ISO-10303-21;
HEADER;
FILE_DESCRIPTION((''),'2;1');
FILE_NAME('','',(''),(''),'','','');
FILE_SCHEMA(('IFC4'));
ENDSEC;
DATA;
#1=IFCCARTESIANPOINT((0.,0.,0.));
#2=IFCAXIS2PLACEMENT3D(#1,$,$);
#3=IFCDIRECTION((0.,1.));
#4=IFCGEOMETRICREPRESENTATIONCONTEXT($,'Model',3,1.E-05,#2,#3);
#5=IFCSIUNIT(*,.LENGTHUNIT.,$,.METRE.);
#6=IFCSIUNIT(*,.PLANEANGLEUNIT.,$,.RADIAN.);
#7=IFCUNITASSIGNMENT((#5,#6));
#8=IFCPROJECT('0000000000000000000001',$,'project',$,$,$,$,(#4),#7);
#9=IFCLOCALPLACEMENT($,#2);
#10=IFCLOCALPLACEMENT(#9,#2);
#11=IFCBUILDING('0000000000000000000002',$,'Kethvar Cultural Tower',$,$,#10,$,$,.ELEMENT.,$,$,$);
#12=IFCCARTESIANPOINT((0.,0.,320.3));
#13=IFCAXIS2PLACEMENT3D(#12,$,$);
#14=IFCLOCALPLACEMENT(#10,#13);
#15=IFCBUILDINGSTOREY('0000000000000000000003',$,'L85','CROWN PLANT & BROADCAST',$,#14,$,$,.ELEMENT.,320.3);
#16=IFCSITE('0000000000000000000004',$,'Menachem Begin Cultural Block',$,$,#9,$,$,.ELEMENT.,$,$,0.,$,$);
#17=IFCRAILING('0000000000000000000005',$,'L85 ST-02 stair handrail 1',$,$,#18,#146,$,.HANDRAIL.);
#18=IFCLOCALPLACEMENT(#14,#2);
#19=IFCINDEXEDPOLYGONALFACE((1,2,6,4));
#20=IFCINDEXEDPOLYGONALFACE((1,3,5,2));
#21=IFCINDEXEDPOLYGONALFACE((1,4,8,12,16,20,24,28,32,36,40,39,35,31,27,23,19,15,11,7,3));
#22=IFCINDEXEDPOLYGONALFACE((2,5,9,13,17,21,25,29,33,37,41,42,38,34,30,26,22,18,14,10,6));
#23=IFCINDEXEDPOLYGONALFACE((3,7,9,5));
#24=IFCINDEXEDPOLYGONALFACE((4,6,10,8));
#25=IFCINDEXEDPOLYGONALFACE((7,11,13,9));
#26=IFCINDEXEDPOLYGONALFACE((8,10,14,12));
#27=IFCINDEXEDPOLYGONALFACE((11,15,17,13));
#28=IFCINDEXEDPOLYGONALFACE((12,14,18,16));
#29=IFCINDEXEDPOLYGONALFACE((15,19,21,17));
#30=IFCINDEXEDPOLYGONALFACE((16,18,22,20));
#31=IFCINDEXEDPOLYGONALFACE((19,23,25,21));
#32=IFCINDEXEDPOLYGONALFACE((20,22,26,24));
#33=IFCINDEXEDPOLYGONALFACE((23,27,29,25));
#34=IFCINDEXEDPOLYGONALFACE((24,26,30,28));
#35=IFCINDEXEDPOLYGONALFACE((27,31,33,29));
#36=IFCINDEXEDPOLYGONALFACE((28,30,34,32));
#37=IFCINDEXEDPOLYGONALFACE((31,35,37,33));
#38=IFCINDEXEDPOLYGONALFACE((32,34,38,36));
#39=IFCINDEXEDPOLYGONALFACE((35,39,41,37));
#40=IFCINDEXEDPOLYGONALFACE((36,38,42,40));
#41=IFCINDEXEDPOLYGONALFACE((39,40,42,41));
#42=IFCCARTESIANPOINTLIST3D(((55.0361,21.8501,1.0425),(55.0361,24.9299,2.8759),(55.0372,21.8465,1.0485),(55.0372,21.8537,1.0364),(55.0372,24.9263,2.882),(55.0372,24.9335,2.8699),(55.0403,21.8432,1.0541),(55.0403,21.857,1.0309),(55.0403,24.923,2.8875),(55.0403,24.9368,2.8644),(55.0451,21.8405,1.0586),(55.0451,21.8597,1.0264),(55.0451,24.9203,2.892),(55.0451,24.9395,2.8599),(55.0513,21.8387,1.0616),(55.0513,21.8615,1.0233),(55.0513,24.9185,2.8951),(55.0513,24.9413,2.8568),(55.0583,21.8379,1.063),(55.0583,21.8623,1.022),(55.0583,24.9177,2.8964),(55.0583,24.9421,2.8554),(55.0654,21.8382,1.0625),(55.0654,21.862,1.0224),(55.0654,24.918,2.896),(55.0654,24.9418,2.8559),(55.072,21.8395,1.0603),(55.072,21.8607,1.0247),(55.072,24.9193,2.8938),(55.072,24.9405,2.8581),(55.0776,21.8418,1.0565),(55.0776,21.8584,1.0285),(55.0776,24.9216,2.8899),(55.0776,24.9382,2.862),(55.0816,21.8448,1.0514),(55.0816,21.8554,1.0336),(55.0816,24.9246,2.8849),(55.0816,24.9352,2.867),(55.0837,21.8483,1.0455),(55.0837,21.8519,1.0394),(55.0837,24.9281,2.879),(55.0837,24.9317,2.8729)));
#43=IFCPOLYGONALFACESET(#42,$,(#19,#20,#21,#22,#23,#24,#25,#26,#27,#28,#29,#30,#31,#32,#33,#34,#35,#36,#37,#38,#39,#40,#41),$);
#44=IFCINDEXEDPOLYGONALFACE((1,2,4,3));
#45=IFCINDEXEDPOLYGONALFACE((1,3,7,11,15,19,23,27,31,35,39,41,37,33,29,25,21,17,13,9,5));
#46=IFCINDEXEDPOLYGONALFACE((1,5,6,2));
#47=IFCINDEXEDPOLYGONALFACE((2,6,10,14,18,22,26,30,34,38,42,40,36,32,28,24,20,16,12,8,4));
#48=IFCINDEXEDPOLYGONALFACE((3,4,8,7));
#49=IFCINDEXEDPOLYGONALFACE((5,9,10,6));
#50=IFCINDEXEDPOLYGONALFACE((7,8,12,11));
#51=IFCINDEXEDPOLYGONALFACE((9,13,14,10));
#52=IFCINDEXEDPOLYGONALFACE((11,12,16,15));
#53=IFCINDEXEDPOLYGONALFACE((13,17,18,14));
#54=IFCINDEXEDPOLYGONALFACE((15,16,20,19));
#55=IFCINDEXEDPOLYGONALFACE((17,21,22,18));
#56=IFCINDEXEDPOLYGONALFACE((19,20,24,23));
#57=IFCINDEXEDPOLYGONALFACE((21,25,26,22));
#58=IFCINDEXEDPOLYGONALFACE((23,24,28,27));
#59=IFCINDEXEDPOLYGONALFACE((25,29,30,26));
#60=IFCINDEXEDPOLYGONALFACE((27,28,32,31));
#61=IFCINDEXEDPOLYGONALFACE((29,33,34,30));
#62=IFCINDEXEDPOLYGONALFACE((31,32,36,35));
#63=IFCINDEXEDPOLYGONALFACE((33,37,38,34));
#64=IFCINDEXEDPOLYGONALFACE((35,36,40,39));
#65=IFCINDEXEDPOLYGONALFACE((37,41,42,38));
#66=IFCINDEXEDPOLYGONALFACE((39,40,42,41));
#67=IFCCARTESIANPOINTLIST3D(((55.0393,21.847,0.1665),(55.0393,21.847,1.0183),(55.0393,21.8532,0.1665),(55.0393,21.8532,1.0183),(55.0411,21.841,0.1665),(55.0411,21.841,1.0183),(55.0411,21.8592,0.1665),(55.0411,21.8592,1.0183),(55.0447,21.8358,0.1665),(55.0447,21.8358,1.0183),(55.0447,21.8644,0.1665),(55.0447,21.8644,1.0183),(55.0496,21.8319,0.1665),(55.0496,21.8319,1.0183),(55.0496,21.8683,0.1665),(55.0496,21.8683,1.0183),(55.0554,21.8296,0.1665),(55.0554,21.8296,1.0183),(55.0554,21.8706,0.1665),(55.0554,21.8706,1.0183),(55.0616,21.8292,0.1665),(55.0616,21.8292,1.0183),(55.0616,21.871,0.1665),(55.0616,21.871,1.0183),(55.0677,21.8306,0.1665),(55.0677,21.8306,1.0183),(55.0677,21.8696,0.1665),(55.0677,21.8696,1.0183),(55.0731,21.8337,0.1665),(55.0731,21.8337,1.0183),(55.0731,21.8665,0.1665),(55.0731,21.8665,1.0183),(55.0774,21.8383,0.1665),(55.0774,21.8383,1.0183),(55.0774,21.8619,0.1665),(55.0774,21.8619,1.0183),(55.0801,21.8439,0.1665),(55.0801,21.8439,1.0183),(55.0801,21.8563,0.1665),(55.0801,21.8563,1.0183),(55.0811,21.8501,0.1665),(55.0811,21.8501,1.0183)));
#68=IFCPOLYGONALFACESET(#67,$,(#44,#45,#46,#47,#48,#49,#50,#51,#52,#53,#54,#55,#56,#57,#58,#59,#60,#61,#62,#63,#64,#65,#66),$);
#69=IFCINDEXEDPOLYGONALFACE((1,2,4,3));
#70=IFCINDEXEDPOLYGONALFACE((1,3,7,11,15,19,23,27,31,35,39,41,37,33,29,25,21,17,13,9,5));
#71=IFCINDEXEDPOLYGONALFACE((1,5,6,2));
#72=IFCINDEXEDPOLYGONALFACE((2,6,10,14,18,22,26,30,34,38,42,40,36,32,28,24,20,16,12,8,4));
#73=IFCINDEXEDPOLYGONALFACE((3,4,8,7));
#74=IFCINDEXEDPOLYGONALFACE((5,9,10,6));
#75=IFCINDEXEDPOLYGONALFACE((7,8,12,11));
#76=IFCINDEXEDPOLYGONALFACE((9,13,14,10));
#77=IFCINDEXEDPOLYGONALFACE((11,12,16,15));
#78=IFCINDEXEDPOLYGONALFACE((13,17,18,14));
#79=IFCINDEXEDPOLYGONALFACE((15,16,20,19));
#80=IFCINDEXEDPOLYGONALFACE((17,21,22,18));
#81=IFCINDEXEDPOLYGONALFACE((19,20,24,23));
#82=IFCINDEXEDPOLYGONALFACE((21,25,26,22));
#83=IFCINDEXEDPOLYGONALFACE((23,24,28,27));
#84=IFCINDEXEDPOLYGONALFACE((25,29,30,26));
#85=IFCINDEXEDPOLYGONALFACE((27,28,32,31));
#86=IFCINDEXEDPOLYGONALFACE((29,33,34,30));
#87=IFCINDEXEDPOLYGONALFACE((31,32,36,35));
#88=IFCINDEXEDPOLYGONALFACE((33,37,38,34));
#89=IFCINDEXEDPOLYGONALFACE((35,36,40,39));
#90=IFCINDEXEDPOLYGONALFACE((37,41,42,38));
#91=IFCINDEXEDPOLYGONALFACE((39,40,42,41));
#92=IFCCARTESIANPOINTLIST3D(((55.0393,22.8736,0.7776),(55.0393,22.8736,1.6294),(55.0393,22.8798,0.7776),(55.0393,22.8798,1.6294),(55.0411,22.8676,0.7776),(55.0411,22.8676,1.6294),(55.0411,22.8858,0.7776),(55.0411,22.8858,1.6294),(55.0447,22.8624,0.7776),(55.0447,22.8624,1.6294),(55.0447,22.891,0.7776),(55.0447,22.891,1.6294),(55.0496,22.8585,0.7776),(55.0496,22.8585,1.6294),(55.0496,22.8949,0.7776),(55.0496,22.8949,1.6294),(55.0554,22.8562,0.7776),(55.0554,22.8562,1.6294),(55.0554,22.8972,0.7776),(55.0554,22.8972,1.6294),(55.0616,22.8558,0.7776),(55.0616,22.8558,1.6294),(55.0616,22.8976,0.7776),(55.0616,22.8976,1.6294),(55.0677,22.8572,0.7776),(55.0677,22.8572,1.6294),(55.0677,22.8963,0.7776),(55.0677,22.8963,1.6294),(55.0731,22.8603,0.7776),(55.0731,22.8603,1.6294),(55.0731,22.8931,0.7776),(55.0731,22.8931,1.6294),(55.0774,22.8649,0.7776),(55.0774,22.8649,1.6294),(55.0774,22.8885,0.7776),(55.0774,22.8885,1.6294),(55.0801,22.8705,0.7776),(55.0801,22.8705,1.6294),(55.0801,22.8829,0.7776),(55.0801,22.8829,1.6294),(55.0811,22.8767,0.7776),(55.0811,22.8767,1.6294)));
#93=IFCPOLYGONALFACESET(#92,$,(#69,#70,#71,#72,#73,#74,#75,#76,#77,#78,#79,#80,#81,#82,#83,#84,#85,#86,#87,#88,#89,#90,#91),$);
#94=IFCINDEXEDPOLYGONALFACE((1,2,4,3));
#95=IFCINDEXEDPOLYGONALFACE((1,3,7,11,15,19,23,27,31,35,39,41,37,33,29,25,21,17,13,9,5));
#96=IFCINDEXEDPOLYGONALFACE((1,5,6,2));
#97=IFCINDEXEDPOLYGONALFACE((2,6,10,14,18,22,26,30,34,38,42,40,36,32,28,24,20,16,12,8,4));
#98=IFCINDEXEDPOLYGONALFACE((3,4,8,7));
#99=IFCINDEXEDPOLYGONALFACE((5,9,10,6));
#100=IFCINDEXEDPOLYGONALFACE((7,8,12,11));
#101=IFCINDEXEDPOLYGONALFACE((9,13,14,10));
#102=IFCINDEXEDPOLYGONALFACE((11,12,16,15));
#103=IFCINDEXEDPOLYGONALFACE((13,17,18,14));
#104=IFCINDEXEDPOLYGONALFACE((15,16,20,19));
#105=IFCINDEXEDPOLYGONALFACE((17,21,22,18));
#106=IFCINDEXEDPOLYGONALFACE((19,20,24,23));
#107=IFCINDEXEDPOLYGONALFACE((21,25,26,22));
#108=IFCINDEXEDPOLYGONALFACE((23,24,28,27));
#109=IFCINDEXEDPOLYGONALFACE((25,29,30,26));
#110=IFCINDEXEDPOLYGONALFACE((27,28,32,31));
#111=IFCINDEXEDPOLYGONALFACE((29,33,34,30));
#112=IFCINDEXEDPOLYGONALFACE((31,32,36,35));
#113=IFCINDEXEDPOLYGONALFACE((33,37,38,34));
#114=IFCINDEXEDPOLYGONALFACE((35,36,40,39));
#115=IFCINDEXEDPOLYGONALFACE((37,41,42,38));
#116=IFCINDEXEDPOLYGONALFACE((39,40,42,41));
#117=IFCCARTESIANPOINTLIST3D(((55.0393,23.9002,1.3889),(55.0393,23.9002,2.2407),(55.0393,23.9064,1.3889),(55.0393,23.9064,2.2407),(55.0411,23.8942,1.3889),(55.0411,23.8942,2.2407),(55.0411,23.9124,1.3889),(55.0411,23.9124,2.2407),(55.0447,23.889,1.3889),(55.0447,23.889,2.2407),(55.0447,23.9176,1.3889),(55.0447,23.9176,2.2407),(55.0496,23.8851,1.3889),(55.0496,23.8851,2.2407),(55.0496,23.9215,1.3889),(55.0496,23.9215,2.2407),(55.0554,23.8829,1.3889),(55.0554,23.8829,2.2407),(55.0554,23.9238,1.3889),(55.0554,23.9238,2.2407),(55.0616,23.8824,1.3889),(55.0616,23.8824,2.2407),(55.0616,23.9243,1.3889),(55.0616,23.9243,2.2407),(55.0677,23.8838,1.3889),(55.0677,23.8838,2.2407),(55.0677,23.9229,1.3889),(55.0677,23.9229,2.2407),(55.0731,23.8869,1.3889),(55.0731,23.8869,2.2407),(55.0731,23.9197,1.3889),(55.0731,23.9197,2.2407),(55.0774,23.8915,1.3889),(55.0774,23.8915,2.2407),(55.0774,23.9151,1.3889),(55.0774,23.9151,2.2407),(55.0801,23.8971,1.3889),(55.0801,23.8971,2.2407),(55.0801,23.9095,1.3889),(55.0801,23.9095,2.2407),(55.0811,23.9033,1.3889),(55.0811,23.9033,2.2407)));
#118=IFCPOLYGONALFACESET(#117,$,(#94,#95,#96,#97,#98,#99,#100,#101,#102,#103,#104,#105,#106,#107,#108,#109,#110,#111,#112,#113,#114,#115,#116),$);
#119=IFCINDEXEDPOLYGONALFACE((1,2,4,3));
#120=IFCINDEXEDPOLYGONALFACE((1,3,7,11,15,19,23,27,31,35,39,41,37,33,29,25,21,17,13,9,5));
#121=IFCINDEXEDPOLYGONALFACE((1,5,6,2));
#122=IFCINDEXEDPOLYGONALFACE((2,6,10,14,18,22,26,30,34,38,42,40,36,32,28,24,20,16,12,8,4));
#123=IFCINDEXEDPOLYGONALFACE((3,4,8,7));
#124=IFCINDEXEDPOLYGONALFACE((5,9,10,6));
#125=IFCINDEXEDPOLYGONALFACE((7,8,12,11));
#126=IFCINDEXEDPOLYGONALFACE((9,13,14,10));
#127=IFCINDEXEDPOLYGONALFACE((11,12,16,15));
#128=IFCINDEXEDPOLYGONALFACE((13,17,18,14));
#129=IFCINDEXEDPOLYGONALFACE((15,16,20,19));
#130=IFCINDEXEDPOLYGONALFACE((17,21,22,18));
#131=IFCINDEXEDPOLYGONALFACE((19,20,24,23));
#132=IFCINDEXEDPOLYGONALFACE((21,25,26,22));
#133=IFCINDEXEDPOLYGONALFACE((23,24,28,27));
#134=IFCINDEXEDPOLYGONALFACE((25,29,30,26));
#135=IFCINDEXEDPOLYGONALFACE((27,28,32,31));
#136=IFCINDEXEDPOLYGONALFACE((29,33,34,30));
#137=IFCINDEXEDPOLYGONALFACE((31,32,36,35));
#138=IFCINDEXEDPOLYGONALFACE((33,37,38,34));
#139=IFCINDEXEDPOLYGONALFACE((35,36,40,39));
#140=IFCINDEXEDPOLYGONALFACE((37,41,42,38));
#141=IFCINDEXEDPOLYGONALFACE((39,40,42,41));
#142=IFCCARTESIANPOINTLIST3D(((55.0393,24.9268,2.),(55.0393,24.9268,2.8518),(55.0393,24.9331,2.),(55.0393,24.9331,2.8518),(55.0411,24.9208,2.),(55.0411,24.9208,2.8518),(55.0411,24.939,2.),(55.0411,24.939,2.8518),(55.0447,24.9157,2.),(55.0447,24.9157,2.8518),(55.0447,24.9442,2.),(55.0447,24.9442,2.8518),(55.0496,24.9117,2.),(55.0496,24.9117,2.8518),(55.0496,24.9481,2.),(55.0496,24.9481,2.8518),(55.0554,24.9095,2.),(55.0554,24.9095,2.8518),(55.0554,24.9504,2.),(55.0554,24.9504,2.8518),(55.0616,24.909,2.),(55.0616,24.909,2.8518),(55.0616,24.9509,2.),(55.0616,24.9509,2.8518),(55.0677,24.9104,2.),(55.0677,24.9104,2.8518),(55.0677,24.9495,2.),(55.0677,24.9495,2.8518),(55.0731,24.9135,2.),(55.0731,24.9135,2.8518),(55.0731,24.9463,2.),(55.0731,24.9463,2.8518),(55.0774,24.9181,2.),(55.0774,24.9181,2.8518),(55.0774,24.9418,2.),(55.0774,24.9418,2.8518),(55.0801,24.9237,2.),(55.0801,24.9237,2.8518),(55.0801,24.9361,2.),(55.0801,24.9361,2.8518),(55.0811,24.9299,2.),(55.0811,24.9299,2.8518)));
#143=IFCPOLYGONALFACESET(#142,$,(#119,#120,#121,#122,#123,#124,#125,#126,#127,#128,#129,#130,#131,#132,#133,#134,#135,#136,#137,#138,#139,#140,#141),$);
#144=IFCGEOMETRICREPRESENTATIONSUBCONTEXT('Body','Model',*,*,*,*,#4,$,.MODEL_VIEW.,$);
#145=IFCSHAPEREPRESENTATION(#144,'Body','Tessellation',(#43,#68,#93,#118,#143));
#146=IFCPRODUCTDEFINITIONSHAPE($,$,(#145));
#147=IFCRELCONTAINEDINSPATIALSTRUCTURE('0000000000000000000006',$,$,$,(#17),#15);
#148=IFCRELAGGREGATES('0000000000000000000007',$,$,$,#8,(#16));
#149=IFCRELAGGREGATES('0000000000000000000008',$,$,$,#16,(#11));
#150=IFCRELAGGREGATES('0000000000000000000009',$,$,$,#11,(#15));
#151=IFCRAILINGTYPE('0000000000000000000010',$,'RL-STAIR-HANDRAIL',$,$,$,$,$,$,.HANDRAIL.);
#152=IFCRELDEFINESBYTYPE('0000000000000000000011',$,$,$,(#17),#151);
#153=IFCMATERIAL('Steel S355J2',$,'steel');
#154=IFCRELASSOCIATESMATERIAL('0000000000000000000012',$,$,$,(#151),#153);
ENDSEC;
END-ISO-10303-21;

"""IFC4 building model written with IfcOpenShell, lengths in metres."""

from ifc_helpers import new_model, si_unit, direction, frame, origin, origin_2d, place, context, subcontext, project, spatial, circle, extrude, material, type_object, element, save


model = new_model("IFC4")

# Units and contexts
model_context = context("Model", 3, precision=1e-05, world=origin(), true_north=direction((0.0, 1.0)))
body_context = subcontext(model_context, "Body", "Model", "MODEL_VIEW")
ifc_project = project(units=[si_unit("LENGTHUNIT", "METRE"), si_unit("PLANEANGLEUNIT", "RADIAN")], contexts=[model_context])

# Site, building, storey
site_placement = place(None, origin())
site = spatial("IfcSite", under=ifc_project, at=site_placement, Name="Menachem Begin Cultural Block", CompositionType="ELEMENT", RefElevation=0.0)
building_placement = place(site_placement, origin())
building = spatial("IfcBuilding", under=site, at=building_placement, Name="Kethvar Cultural Tower", CompositionType="ELEMENT")
storey_placement = place(building_placement, frame((0.0, 0.0, 320.3)))
storey = spatial("IfcBuildingStorey", under=building, at=storey_placement, Name="L85", Description="CROWN PLANT & BROADCAST", CompositionType="ELEMENT", Elevation=320.3)

# Shared definitions
ifc_material_1 = material(Name="Steel S355J2", Category="steel")

# Railing
railing_type_1 = type_object("IfcRailingType", Name="RL-STAIR-HANDRAIL", PredefinedType="HANDRAIL", material=ifc_material_1)
railing_1_placement = place(storey_placement, frame((55.0601, 21.8501, 0.1665)))
element("IfcRailing", 1, at=railing_1_placement, inside=storey, type_object=railing_type_1, Name="L85 ST-02 stair handrail 1", PredefinedType="HANDRAIL", context=body_context, shape_type="SweptSolid", body=[
    extrude(circle(Radius=0.0239, at=origin_2d()), frame((0.0, 0.0, 0.876), z_axis=(0.0, 0.859261, 0.511538), x_axis=(-1.0, 0.0, 0.0)), (0.0, 0.0, 1.0), 3.5842),
    extrude(circle(Radius=0.021, at=origin_2d()), origin(), (0.0, 0.0, 1.0), 0.8518),
    extrude(circle(Radius=0.021, at=origin_2d()), frame((0.0, 1.0266, 0.6111)), (0.0, 0.0, 1.0), 0.8518),
    extrude(circle(Radius=0.021, at=origin_2d()), frame((0.0, 2.0532, 1.2224)), (0.0, 0.0, 1.0), 0.8518),
    extrude(circle(Radius=0.021, at=origin_2d()), frame((0.0, 3.0798, 1.8335)), (0.0, 0.0, 1.0), 0.8518),
])

save(model, "model.ifc")
